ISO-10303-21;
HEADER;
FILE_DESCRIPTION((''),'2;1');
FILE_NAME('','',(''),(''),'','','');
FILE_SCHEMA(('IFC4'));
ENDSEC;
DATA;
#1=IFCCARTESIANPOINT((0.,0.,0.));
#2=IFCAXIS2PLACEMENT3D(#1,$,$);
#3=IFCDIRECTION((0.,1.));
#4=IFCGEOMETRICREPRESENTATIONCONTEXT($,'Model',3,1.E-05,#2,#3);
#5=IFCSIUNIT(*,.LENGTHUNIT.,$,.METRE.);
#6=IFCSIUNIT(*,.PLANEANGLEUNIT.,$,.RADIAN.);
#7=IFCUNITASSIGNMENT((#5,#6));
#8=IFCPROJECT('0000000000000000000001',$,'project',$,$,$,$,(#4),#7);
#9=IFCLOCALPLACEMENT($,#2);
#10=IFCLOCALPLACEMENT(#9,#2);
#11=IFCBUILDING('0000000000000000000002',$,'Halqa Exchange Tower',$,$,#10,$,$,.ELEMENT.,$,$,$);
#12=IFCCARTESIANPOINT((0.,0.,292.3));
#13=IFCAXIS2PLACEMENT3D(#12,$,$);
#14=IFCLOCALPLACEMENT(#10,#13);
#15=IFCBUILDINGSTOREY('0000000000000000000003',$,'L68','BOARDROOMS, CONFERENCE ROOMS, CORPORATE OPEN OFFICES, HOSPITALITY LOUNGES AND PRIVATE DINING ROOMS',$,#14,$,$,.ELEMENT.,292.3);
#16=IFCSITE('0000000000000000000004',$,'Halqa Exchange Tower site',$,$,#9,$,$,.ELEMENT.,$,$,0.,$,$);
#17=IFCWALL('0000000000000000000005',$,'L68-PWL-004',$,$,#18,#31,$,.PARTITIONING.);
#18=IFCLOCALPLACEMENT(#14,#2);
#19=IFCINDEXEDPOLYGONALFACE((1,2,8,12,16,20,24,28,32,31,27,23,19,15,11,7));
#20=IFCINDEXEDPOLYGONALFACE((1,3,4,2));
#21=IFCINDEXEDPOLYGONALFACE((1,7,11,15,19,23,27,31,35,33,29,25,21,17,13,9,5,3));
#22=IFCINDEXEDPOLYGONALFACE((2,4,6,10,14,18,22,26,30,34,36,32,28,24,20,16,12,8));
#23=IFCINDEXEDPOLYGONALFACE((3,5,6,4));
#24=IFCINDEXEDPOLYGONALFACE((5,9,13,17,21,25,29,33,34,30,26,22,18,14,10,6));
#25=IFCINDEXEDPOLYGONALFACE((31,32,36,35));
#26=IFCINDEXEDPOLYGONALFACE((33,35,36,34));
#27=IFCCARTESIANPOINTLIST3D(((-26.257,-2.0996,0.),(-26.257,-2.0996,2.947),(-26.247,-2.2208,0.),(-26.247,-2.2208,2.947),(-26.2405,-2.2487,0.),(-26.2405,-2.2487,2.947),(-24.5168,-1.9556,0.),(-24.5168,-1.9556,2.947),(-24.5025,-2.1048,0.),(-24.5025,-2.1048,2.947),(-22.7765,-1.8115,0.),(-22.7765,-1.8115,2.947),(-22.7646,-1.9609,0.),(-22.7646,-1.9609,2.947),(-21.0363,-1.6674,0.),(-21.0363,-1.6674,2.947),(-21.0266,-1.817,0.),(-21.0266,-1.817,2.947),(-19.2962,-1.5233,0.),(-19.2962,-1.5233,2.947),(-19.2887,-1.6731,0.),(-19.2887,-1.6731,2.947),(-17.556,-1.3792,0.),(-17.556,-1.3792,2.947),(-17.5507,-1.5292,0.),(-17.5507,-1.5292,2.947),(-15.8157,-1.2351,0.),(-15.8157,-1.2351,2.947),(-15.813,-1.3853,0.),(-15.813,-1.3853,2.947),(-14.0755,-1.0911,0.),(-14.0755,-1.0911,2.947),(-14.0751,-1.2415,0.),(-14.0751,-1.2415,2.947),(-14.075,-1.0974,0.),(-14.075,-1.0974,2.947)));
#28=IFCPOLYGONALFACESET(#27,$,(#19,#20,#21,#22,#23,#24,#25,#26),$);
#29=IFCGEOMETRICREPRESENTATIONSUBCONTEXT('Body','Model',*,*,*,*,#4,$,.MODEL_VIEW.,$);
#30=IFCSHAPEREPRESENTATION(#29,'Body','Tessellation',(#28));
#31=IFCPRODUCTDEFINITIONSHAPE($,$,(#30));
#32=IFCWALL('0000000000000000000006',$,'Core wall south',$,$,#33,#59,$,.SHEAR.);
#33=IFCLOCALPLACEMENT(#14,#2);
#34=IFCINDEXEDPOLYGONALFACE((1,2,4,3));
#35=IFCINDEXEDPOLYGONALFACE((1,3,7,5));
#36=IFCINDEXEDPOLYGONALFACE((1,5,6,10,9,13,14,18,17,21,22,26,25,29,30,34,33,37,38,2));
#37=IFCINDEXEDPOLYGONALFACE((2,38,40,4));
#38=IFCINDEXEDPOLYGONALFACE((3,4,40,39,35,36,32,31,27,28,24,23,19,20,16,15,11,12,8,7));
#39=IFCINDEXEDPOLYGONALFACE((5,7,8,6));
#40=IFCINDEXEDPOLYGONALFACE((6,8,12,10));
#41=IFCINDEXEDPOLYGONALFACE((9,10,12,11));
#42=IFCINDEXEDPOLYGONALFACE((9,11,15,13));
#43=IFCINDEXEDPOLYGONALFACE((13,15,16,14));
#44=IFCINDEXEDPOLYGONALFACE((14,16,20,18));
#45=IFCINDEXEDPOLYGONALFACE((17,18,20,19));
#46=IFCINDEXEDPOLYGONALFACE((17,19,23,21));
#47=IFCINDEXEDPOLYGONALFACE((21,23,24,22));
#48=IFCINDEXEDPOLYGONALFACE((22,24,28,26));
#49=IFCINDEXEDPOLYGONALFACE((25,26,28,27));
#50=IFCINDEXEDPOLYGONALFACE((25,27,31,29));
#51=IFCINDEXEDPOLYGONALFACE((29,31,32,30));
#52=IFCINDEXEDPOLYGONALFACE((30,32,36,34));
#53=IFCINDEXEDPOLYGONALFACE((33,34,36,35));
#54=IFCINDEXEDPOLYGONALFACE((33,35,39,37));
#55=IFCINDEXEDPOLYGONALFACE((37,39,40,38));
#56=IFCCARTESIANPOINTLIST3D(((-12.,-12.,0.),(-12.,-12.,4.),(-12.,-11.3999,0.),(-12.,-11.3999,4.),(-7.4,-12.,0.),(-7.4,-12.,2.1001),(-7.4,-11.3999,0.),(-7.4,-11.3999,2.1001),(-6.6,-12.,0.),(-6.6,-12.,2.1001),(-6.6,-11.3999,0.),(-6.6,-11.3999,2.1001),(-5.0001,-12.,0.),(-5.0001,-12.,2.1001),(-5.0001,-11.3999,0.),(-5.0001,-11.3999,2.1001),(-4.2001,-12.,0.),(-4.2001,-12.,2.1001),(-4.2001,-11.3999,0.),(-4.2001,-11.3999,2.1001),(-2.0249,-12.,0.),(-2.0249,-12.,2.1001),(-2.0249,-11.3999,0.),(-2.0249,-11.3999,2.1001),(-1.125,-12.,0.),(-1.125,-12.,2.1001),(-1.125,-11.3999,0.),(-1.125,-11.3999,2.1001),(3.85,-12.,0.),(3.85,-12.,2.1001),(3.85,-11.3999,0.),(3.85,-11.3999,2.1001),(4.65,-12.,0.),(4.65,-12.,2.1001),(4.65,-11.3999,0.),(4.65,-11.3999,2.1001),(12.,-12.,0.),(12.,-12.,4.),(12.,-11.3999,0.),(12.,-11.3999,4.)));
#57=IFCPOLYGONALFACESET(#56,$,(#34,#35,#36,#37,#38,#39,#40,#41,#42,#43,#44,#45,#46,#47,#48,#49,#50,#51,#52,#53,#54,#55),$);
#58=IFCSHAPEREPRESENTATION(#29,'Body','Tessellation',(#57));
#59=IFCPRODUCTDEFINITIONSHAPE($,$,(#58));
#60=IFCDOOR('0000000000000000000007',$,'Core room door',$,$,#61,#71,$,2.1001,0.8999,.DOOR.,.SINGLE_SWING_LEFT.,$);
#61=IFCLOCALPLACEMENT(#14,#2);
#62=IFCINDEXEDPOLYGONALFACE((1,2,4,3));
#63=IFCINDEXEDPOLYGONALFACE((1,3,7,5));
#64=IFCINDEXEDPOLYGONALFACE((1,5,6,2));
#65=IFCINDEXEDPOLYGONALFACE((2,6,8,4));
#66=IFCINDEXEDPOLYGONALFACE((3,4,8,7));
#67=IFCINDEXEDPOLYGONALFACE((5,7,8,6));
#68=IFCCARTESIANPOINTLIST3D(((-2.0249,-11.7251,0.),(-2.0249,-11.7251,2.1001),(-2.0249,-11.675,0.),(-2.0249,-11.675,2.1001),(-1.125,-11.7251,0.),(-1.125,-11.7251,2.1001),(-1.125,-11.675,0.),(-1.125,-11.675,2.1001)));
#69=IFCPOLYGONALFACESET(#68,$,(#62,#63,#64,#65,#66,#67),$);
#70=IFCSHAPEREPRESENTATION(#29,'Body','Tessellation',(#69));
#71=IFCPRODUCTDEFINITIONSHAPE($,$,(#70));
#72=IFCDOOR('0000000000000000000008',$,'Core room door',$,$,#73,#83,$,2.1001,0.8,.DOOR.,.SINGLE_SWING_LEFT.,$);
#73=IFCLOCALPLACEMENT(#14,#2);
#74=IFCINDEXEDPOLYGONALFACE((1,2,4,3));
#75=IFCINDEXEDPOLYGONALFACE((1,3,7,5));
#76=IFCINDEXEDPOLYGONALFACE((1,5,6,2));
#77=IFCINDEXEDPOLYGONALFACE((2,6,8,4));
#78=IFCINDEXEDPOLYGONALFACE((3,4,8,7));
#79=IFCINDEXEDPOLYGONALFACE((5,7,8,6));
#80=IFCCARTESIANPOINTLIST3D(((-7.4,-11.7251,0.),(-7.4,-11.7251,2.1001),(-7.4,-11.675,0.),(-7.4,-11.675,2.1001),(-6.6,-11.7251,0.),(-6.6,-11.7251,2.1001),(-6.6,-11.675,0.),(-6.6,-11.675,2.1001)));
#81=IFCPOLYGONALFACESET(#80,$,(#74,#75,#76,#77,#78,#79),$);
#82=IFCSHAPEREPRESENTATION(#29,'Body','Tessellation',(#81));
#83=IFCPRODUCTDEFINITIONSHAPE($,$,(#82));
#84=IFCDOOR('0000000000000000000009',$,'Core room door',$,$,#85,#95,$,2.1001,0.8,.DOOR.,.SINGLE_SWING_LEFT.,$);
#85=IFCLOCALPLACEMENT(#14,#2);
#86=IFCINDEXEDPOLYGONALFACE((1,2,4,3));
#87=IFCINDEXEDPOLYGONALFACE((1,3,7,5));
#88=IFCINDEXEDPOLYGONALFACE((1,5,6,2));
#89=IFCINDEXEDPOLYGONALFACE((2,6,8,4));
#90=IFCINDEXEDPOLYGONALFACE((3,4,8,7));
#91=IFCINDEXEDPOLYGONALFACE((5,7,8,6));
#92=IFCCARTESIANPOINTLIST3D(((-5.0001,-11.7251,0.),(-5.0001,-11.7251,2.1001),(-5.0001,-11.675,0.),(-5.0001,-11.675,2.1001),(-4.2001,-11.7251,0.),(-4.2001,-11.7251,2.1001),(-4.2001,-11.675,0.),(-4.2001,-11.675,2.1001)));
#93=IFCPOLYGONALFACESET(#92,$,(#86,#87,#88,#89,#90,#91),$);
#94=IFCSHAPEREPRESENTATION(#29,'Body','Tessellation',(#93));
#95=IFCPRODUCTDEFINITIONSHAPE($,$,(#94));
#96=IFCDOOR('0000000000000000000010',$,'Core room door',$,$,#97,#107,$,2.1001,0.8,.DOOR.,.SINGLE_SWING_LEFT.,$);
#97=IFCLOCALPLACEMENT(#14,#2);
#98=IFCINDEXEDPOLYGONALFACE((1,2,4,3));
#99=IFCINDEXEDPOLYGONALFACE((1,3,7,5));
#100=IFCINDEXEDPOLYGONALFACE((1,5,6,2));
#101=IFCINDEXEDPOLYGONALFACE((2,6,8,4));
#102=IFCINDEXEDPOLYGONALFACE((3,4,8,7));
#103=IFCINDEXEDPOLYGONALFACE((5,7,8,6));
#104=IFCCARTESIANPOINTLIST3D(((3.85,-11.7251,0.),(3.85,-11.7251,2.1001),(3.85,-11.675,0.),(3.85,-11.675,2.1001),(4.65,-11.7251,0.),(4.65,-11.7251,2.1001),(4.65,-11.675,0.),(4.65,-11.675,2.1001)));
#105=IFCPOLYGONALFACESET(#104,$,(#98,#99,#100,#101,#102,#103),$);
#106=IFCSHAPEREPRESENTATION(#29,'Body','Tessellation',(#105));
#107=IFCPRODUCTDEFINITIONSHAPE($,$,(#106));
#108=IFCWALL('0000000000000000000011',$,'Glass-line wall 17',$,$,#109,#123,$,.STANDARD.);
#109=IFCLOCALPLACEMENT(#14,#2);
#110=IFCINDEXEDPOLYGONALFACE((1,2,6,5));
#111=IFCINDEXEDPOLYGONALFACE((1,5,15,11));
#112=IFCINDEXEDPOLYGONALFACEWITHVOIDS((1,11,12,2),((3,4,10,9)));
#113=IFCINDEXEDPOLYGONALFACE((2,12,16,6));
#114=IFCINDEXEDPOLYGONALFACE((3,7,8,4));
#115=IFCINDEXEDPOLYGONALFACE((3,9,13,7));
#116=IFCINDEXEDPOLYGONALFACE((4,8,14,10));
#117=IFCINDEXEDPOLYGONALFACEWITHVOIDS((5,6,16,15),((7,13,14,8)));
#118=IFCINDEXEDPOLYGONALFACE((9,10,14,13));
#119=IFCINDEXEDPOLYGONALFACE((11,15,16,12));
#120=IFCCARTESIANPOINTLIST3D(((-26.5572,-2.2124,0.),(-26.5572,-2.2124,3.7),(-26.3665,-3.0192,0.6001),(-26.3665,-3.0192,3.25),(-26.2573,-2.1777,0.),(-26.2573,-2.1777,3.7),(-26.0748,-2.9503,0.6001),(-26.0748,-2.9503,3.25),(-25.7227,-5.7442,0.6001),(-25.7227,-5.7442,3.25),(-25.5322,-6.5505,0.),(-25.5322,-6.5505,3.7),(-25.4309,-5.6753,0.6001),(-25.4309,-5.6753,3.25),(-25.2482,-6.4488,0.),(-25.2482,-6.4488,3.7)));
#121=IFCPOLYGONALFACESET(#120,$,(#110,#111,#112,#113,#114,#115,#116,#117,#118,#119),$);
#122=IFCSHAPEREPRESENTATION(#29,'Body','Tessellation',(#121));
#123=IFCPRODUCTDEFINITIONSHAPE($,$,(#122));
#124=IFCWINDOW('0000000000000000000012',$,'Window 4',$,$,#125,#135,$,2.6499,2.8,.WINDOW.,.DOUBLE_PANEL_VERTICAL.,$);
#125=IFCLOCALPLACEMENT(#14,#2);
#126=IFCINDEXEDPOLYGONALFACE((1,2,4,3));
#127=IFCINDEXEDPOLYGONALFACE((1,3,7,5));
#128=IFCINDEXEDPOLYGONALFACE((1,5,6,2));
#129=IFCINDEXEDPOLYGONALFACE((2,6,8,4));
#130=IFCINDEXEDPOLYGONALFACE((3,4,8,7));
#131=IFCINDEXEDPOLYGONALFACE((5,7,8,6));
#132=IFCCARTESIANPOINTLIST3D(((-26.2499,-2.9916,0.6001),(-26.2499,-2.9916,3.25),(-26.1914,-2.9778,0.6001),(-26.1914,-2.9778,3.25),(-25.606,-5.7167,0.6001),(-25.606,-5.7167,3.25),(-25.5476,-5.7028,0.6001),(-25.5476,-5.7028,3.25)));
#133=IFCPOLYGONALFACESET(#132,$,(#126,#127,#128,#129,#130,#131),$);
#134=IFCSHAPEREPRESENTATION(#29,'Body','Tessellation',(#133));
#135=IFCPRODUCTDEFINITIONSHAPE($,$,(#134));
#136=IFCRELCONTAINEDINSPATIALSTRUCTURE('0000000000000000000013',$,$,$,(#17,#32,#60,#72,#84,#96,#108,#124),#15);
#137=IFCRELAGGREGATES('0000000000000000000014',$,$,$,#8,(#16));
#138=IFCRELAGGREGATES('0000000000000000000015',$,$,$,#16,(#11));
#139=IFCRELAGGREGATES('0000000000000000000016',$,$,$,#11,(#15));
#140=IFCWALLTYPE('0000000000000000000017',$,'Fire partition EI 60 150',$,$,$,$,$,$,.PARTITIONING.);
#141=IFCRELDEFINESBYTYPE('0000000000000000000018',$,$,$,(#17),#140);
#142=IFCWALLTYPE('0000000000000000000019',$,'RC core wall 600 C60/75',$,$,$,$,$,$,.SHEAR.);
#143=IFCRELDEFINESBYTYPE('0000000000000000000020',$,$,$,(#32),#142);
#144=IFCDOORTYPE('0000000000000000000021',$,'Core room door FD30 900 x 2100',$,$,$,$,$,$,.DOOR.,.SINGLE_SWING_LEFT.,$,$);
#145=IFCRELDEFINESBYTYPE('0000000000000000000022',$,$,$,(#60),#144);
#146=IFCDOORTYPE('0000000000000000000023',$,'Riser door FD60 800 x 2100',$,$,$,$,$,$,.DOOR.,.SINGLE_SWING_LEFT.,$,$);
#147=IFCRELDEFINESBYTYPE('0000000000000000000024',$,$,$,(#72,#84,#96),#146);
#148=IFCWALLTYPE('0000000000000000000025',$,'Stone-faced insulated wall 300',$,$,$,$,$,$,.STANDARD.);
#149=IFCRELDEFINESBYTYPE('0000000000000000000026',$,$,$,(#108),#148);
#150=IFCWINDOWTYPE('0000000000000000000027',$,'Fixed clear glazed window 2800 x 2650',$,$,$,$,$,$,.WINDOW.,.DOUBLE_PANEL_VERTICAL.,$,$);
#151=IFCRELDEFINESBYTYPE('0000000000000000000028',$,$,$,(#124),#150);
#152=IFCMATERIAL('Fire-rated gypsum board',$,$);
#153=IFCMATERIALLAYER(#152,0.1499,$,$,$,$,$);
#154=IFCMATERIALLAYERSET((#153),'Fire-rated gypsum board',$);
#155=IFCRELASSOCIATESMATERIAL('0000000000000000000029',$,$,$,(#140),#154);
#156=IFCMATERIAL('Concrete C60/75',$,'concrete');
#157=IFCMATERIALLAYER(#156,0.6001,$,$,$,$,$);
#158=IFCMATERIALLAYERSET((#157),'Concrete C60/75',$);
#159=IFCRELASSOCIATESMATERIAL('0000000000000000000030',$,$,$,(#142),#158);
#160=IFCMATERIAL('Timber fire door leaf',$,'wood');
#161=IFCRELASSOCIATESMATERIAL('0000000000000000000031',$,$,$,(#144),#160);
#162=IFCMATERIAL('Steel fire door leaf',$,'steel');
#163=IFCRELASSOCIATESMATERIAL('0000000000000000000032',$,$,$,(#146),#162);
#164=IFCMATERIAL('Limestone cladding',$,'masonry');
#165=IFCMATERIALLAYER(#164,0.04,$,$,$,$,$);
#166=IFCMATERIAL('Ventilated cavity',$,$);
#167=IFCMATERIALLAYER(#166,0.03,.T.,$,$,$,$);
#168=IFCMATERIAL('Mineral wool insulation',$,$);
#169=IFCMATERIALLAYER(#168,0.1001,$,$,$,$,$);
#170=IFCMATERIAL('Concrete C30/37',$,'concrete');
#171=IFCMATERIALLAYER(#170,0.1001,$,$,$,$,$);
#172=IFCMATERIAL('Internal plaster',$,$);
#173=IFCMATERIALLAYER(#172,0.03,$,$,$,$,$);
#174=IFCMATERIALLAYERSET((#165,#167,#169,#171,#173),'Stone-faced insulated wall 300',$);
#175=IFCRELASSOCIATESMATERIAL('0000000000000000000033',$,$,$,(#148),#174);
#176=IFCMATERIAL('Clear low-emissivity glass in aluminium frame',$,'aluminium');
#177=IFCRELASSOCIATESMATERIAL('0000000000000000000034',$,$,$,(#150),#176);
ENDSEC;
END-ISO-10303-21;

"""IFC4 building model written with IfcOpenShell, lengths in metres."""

from ifc_helpers import new_model, si_unit, direction, frame, frame_2d, origin, place, context, subcontext, project, spatial, polyline, rectangle, outline, extrude, material, layer, layer_set, type_object, element, fill, save


model = new_model("IFC4")

# Units and contexts
model_context = context("Model", 3, precision=1e-05, world=origin(), true_north=direction((0.0, 1.0)))
body_context = subcontext(model_context, "Body", "Model", "MODEL_VIEW")
ifc_project = project(units=[si_unit("LENGTHUNIT", "METRE"), si_unit("PLANEANGLEUNIT", "RADIAN")], contexts=[model_context])

# Site, building, storey
site_placement = place(None, origin())
site = spatial("IfcSite", under=ifc_project, at=site_placement, Name="Halqa Exchange Tower site", CompositionType="ELEMENT", RefElevation=0.0)
building_placement = place(site_placement, origin())
building = spatial("IfcBuilding", under=site, at=building_placement, Name="Halqa Exchange Tower", CompositionType="ELEMENT")
storey_placement = place(building_placement, frame((0.0, 0.0, 292.3)))
storey = spatial("IfcBuildingStorey", under=building, at=storey_placement, Name="L68", Description="BOARDROOMS, CONFERENCE ROOMS, CORPORATE OPEN OFFICES, HOSPITALITY LOUNGES AND PRIVATE DINING ROOMS", CompositionType="ELEMENT", Elevation=292.3)

# Shared definitions
ifc_material_1 = material(Name="Concrete C60/75", Category="concrete")

# Wall
ifc_material_2 = material(Name="Fire-rated gypsum board")
ifc_layer_1 = layer(ifc_material_2, 0.1499)
ifc_layer_set_1 = layer_set([ifc_layer_1], Name="Fire-rated gypsum board")
wall_type_1 = type_object("IfcWallType", Name="Fire partition EI 60 150", PredefinedType="PARTITIONING", material=ifc_layer_set_1)
wall_1_placement = place(storey_placement, frame((-14.0693, -1.1658, 0.0), z_axis=(0.0, 0.0, 1.0), x_axis=(-0.99659, -0.082512, 0.0)))
element("IfcWall", 1, at=wall_1_placement, inside=storey, type_object=wall_type_1, Name="L68-PWL-004", PredefinedType="PARTITIONING", context=body_context, shape_type="SweptSolid", body=[
    extrude(outline(polyline([(12.2231, -0.075), (12.2231, 0.0466), (12.219, 0.075), (10.4751, 0.075), (8.7312, 0.075), (6.9873, 0.075), (5.2434, 0.075), (3.4995, 0.075), (1.7559, 0.075), (0.012, 0.075), (0.0, -0.0686), (0.0, -0.075), (1.7461, -0.075), (3.4924, -0.075), (5.2385, -0.075), (6.9846, -0.075), (8.7307, -0.075), (10.4771, -0.075), (12.2231, -0.075)])), origin(), (0.0, 0.0, 1.0), 2.947),
])

# Wall, openings, doors
ifc_layer_2 = layer(ifc_material_1, 0.6001)
ifc_layer_set_2 = layer_set([ifc_layer_2], Name="Concrete C60/75")
wall_type_2 = type_object("IfcWallType", Name="RC core wall 600 C60/75", PredefinedType="SHEAR", material=ifc_layer_set_2)
wall_2_placement = place(storey_placement, frame((-12.0, -11.7, 0.0), z_axis=(0.0, 0.0, 1.0), x_axis=(1.0, 0.0, 0.0)))
wall_2 = element("IfcWall", 2, at=wall_2_placement, inside=storey, type_object=wall_type_2, Name="Core wall south", PredefinedType="SHEAR", context=body_context, shape_type="SweptSolid", body=[
    extrude(rectangle(XDim=24.0, YDim=0.6001, at=frame_2d((12.0, 0.0))), origin(), (0.0, 0.0, 1.0), 4.0),
])
opening_1_placement = place(wall_2_placement, frame((9.9751, 0.0, 0.0)))
opening_1 = element("IfcOpeningElement", 3, at=opening_1_placement, cuts=wall_2, PredefinedType="OPENING", context=body_context, shape_type="SweptSolid", body=[
    extrude(rectangle(XDim=0.8999, YDim=2.1001, at=frame_2d((0.45, 1.05))), frame((0.0, 0.312, 0.0), z_axis=(0.0, -1.0, 0.0), x_axis=(1.0, 0.0, 0.0)), (0.0, 0.0, 1.0), 0.624),
])
opening_2_placement = place(wall_2_placement, frame((4.6001, 0.0, 0.0)))
opening_2 = element("IfcOpeningElement", 4, at=opening_2_placement, cuts=wall_2, PredefinedType="OPENING", context=body_context, shape_type="SweptSolid", body=[
    extrude(rectangle(XDim=0.8, YDim=2.1001, at=frame_2d((0.3999, 1.05))), frame((0.0, 0.312, 0.0), z_axis=(0.0, -1.0, 0.0), x_axis=(1.0, 0.0, 0.0)), (0.0, 0.0, 1.0), 0.624),
])
opening_3_placement = place(wall_2_placement, frame((7.0, 0.0, 0.0)))
opening_3 = element("IfcOpeningElement", 5, at=opening_3_placement, cuts=wall_2, PredefinedType="OPENING", context=body_context, shape_type="SweptSolid", body=[
    extrude(rectangle(XDim=0.8, YDim=2.1001, at=frame_2d((0.3999, 1.05))), frame((0.0, 0.312, 0.0), z_axis=(0.0, -1.0, 0.0), x_axis=(1.0, 0.0, 0.0)), (0.0, 0.0, 1.0), 0.624),
])
opening_4_placement = place(wall_2_placement, frame((15.8501, 0.0, 0.0)))
opening_4 = element("IfcOpeningElement", 6, at=opening_4_placement, cuts=wall_2, PredefinedType="OPENING", context=body_context, shape_type="SweptSolid", body=[
    extrude(rectangle(XDim=0.8, YDim=2.1001, at=frame_2d((0.3999, 1.05))), frame((0.0, 0.312, 0.0), z_axis=(0.0, -1.0, 0.0), x_axis=(1.0, 0.0, 0.0)), (0.0, 0.0, 1.0), 0.624),
])
ifc_material_3 = material(Name="Timber fire door leaf", Category="wood")
door_type_1 = type_object("IfcDoorType", Name="Core room door FD30 900 x 2100", OperationType="SINGLE_SWING_LEFT", PredefinedType="DOOR", material=ifc_material_3)
door_1_placement = place(opening_1_placement, origin())
door_1 = element("IfcDoor", 7, at=door_1_placement, inside=storey, type_object=door_type_1, Name="Core room door", OperationType="SINGLE_SWING_LEFT", OverallHeight=2.1001, OverallWidth=0.8999, PredefinedType="DOOR", context=body_context, shape_type="SweptSolid", body=[
    extrude(rectangle(XDim=0.8999, YDim=2.1001, at=frame_2d((0.45, 1.05))), frame((0.0, 0.0249, 0.0), z_axis=(0.0, -1.0, 0.0), x_axis=(1.0, 0.0, 0.0)), (0.0, 0.0, 1.0), 0.05),
])
fill(opening_1, door_1)
ifc_material_4 = material(Name="Steel fire door leaf", Category="steel")
door_type_2 = type_object("IfcDoorType", Name="Riser door FD60 800 x 2100", OperationType="SINGLE_SWING_LEFT", PredefinedType="DOOR", material=ifc_material_4)
door_2_placement = place(opening_2_placement, origin())
door_2 = element("IfcDoor", 8, at=door_2_placement, inside=storey, type_object=door_type_2, Name="Core room door", OperationType="SINGLE_SWING_LEFT", OverallHeight=2.1001, OverallWidth=0.8, PredefinedType="DOOR", context=body_context, shape_type="SweptSolid", body=[
    extrude(rectangle(XDim=0.8, YDim=2.1001, at=frame_2d((0.3999, 1.05))), frame((0.0, 0.0249, 0.0), z_axis=(0.0, -1.0, 0.0), x_axis=(1.0, 0.0, 0.0)), (0.0, 0.0, 1.0), 0.05),
])
fill(opening_2, door_2)
door_3_placement = place(opening_3_placement, origin())
door_3 = element("IfcDoor", 9, at=door_3_placement, inside=storey, type_object=door_type_2, Name="Core room door", OperationType="SINGLE_SWING_LEFT", OverallHeight=2.1001, OverallWidth=0.8, PredefinedType="DOOR", context=body_context, shape_type="SweptSolid", body=[
    extrude(rectangle(XDim=0.8, YDim=2.1001, at=frame_2d((0.3999, 1.05))), frame((0.0, 0.0249, 0.0), z_axis=(0.0, -1.0, 0.0), x_axis=(1.0, 0.0, 0.0)), (0.0, 0.0, 1.0), 0.05),
])
fill(opening_3, door_3)
door_4_placement = place(opening_4_placement, origin())
door_4 = element("IfcDoor", 10, at=door_4_placement, inside=storey, type_object=door_type_2, Name="Core room door", OperationType="SINGLE_SWING_LEFT", OverallHeight=2.1001, OverallWidth=0.8, PredefinedType="DOOR", context=body_context, shape_type="SweptSolid", body=[
    extrude(rectangle(XDim=0.8, YDim=2.1001, at=frame_2d((0.3999, 1.05))), frame((0.0, 0.0249, 0.0), z_axis=(0.0, -1.0, 0.0), x_axis=(1.0, 0.0, 0.0)), (0.0, 0.0, 1.0), 0.05),
])
fill(opening_4, door_4)

# Wall, opening, window
ifc_material_5 = material(Name="Limestone cladding", Category="masonry")
ifc_layer_3 = layer(ifc_material_5, 0.04)
ifc_material_6 = material(Name="Ventilated cavity")
ifc_layer_4 = layer(ifc_material_6, 0.03, ventilated=True)
ifc_material_7 = material(Name="Mineral wool insulation")
ifc_layer_5 = layer(ifc_material_7, 0.1001)
ifc_material_8 = material(Name="Concrete C30/37", Category="concrete")
ifc_layer_6 = layer(ifc_material_8, 0.1001)
ifc_material_9 = material(Name="Internal plaster")
ifc_layer_7 = layer(ifc_material_9, 0.03)
ifc_layer_set_3 = layer_set([ifc_layer_3, ifc_layer_4, ifc_layer_5, ifc_layer_6, ifc_layer_7], Name="Stone-faced insulated wall 300")
wall_type_3 = type_object("IfcWallType", Name="Stone-faced insulated wall 300", PredefinedType="STANDARD", material=ifc_layer_set_3)
wall_3_placement = place(storey_placement, frame((-26.4072, -2.1951, 0.0), z_axis=(0.0, 0.0, 1.0), x_axis=(0.229944, -0.973204, 0.0)))
wall_3 = element("IfcWall", 11, at=wall_3_placement, inside=storey, type_object=wall_type_3, Name="Glass-line wall 17", PredefinedType="STANDARD", context=body_context, shape_type="SweptSolid", body=[
    extrude(outline(polyline([(-0.0176, -0.1499), (4.4399, -0.1499), (4.4062, 0.1499), (0.0176, 0.1499), (-0.0176, -0.1499)])), origin(), (0.0, 0.0, 1.0), 3.7),
])
opening_5_placement = place(wall_3_placement, frame((0.8115, 0.0, 0.6001)))
opening_5 = element("IfcOpeningElement", 12, at=opening_5_placement, cuts=wall_3, PredefinedType="OPENING", context=body_context, shape_type="SweptSolid", body=[
    extrude(rectangle(XDim=2.8, YDim=2.6499, at=frame_2d((1.3999, 1.325))), frame((0.0, 0.1621, 0.0), z_axis=(0.0, -1.0, 0.0), x_axis=(1.0, 0.0, 0.0)), (0.0, 0.0, 1.0), 0.324),
])
ifc_material_10 = material(Name="Clear low-emissivity glass in aluminium frame", Category="aluminium")
window_type = type_object("IfcWindowType", Name="Fixed clear glazed window 2800 x 2650", PartitioningType="DOUBLE_PANEL_VERTICAL", PredefinedType="WINDOW", material=ifc_material_10)
window_1_placement = place(opening_5_placement, origin())
window_1 = element("IfcWindow", 13, at=window_1_placement, inside=storey, type_object=window_type, Name="Window 4", OverallHeight=2.6499, OverallWidth=2.8, PartitioningType="DOUBLE_PANEL_VERTICAL", PredefinedType="WINDOW", context=body_context, shape_type="SweptSolid", body=[
    extrude(rectangle(XDim=2.8, YDim=2.6499, at=frame_2d((1.3999, 1.325))), frame((0.0, 0.03, 0.0), z_axis=(0.0, -1.0, 0.0), x_axis=(1.0, 0.0, 0.0)), (0.0, 0.0, 1.0), 0.0601),
])
fill(opening_5, window_1)

save(model, "model.ifc")
